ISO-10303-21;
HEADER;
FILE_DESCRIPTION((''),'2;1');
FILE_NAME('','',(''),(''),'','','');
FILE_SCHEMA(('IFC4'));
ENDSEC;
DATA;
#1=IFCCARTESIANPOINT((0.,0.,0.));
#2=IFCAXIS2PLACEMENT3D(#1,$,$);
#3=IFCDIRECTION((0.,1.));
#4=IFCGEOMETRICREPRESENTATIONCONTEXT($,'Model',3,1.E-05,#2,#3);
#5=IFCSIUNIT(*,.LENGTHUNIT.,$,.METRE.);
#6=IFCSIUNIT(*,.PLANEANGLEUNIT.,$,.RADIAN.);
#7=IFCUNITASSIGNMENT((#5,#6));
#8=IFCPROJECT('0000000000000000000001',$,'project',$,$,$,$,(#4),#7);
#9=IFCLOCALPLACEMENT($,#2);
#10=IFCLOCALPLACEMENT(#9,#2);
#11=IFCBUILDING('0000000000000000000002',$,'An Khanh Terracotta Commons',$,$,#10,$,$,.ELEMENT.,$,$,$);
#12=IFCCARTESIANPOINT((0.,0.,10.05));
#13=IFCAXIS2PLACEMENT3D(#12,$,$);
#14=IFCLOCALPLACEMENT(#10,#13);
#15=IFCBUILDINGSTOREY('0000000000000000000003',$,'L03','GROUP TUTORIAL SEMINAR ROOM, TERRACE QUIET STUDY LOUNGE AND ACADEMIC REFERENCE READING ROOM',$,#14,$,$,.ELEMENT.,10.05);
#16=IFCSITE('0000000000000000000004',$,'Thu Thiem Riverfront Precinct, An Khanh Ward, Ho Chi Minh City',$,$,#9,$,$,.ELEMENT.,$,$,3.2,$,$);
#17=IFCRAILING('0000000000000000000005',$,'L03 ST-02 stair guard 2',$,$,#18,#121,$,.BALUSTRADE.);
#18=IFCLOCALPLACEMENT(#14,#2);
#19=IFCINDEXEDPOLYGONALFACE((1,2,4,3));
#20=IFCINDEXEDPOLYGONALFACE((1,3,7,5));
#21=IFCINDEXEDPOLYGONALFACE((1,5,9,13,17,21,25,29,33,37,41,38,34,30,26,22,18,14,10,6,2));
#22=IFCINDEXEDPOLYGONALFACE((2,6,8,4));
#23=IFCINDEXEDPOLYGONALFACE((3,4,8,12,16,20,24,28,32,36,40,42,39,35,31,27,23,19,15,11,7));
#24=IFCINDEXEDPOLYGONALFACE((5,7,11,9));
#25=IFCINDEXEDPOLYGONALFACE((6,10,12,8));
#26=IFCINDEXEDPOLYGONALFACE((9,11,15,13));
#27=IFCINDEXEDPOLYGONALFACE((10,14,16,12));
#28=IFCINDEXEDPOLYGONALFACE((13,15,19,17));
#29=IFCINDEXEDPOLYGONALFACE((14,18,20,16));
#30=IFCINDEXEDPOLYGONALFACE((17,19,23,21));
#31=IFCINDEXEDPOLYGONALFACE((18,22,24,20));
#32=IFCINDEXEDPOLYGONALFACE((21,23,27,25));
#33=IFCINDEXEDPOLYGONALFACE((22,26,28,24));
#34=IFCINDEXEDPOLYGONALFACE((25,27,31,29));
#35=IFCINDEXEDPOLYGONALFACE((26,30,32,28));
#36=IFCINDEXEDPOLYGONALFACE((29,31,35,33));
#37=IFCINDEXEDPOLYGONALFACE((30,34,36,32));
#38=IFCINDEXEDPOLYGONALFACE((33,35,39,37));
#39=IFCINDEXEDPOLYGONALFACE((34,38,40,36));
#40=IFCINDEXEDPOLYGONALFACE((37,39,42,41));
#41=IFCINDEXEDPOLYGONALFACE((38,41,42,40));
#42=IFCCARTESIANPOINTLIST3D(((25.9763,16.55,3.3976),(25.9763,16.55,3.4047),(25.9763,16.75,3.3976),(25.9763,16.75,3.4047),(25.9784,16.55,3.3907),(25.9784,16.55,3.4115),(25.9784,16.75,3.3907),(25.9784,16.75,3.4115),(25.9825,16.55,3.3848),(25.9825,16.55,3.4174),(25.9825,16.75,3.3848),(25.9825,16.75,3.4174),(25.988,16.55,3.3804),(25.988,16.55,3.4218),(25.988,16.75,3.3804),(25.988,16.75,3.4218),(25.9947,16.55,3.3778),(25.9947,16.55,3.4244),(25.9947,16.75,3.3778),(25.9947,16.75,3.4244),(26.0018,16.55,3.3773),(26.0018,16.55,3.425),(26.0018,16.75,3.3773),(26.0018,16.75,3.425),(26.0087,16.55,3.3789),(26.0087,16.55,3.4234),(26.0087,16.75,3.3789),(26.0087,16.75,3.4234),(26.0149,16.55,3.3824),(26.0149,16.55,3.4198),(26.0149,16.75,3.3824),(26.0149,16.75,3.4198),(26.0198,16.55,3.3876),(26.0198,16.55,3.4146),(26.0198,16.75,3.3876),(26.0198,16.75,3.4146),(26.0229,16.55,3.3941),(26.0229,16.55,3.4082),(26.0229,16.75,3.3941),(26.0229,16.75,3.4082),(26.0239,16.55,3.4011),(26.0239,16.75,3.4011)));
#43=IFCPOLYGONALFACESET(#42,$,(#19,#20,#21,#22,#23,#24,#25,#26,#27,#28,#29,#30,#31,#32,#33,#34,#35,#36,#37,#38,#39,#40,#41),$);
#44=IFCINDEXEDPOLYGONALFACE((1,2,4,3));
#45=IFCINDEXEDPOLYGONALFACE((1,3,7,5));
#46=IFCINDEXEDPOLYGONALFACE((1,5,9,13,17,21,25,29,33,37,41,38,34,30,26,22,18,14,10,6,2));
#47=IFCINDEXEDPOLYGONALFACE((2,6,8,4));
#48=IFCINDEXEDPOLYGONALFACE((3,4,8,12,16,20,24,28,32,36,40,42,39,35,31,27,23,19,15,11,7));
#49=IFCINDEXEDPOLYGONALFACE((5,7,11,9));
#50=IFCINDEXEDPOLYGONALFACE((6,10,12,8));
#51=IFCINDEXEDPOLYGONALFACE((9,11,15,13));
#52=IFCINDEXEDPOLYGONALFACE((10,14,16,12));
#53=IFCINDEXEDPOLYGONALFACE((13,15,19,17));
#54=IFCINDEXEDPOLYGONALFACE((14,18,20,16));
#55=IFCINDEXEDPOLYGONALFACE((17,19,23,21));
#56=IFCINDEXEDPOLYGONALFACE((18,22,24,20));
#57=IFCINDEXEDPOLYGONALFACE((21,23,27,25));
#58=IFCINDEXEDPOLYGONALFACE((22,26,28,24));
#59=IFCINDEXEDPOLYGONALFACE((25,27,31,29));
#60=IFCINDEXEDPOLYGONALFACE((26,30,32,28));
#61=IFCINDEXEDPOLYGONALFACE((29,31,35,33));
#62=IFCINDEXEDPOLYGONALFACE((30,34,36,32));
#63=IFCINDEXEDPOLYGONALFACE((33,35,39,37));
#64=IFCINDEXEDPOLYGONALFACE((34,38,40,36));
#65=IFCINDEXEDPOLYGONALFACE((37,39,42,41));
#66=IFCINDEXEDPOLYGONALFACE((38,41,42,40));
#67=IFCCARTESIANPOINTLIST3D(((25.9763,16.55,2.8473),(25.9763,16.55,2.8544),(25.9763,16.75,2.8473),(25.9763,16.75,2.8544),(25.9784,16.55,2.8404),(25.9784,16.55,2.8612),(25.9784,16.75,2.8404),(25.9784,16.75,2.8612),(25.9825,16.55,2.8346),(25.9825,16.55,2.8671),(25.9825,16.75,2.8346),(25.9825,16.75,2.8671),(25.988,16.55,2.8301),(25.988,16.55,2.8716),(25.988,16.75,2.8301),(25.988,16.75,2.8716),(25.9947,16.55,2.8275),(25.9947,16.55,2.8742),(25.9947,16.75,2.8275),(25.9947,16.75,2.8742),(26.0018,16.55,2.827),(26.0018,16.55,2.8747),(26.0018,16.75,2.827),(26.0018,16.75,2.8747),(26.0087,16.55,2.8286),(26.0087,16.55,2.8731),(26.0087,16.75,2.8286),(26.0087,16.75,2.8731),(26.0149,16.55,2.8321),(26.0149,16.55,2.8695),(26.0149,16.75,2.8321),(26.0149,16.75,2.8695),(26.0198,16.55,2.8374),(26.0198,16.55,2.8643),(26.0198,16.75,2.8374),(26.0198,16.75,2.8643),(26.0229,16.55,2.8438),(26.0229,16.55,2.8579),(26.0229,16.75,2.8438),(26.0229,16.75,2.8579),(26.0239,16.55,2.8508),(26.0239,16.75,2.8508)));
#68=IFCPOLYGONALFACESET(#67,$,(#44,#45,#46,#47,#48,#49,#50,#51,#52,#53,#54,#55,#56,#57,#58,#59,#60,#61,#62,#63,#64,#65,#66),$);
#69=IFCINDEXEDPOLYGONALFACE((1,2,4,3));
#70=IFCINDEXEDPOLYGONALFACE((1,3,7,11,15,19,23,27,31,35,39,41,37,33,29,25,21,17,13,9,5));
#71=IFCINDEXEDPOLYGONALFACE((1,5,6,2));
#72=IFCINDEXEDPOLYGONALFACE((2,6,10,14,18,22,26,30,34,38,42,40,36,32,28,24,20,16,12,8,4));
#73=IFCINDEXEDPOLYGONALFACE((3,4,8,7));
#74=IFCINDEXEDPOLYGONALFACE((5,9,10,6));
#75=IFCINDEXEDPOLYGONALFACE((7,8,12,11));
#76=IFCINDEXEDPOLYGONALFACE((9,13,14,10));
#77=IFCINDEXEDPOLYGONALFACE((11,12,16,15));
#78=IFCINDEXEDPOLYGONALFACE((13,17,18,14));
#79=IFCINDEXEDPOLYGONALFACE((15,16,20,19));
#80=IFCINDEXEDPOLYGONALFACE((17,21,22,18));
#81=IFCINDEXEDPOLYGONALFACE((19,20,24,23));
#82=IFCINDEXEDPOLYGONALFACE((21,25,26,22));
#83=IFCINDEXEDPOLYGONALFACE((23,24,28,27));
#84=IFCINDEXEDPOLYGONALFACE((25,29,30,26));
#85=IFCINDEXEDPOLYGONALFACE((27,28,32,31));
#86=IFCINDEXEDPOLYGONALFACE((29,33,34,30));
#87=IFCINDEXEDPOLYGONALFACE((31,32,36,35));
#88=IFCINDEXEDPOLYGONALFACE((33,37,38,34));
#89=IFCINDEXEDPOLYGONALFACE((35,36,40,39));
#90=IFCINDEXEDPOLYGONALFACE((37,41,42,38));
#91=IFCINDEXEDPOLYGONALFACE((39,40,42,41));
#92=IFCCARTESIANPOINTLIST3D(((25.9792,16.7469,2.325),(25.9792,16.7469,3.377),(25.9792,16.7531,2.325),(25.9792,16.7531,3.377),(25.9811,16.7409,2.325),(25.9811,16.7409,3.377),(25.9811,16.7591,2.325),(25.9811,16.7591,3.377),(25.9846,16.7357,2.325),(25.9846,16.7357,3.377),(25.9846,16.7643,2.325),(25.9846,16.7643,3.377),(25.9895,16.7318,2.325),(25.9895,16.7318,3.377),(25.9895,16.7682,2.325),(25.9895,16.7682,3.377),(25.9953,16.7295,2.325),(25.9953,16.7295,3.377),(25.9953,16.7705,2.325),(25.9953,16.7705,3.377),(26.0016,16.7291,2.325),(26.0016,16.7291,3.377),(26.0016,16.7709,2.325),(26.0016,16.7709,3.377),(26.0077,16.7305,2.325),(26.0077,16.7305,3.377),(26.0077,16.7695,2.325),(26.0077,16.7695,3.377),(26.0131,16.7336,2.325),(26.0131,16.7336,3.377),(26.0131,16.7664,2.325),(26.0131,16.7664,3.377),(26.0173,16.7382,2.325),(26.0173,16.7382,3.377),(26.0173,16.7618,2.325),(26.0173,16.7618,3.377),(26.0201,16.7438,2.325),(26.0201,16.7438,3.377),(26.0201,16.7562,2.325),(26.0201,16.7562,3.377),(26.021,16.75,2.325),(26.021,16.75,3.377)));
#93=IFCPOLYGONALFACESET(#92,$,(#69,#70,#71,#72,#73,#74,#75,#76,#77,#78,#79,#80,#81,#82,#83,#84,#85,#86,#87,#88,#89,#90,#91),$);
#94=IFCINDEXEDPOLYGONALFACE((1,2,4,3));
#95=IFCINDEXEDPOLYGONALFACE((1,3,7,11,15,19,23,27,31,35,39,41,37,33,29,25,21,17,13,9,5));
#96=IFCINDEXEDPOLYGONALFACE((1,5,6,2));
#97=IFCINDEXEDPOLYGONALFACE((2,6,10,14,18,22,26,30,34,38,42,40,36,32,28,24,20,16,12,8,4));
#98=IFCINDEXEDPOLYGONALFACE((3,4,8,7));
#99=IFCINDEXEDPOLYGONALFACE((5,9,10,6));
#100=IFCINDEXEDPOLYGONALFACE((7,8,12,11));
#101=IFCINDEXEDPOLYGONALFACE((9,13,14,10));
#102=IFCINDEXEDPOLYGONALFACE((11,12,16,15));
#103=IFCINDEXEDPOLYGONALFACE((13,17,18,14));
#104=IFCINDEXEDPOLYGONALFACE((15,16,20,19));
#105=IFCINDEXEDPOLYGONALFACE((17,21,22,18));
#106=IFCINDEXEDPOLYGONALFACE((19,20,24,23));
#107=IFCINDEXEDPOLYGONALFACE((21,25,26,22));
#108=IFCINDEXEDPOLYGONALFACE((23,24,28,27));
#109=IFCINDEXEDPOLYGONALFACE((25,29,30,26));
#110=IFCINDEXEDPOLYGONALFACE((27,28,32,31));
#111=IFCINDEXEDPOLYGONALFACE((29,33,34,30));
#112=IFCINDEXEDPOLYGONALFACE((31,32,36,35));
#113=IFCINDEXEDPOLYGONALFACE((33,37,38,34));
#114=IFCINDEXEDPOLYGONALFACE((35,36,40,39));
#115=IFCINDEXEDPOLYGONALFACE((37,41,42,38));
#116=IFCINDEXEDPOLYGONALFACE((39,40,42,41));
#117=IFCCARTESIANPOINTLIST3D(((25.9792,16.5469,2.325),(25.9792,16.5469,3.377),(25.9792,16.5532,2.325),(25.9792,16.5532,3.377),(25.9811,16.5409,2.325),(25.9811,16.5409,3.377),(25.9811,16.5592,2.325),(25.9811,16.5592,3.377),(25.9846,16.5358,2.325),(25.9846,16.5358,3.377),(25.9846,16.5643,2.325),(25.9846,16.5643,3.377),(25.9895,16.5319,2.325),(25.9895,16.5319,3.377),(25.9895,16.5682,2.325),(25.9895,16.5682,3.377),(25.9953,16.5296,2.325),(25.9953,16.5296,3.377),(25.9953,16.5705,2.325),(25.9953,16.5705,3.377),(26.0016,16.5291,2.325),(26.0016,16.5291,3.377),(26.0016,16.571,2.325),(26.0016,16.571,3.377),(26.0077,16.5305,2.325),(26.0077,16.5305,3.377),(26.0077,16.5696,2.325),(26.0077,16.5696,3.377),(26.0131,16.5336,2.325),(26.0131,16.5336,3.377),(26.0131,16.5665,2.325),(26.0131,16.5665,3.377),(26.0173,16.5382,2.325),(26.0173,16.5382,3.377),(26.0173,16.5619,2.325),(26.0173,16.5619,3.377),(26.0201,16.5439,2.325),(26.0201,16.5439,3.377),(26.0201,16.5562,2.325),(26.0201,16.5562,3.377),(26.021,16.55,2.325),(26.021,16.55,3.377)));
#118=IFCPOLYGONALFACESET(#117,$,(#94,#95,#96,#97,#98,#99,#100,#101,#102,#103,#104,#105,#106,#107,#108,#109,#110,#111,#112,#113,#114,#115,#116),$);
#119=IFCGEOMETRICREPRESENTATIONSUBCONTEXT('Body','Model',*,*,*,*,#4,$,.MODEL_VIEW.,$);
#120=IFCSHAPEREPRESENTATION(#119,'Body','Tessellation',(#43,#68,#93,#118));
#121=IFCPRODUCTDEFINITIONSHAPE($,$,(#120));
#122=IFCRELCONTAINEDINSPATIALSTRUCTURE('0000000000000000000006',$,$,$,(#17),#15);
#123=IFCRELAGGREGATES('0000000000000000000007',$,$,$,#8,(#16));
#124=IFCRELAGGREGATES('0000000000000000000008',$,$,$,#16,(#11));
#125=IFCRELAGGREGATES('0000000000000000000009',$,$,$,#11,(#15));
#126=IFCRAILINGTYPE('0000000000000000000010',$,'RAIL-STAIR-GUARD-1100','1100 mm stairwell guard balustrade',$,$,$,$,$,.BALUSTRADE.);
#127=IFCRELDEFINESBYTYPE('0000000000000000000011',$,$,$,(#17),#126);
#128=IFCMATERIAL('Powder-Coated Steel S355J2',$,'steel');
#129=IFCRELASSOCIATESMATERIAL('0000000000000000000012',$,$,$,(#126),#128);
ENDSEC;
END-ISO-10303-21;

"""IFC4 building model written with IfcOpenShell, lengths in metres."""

from ifc_helpers import new_model, si_unit, direction, frame, origin, origin_2d, place, context, subcontext, project, spatial, circle, extrude, material, type_object, element, save


model = new_model("IFC4")

# Units and contexts
model_context = context("Model", 3, precision=1e-05, world=origin(), true_north=direction((0.0, 1.0)))
body_context = subcontext(model_context, "Body", "Model", "MODEL_VIEW")
ifc_project = project(units=[si_unit("LENGTHUNIT", "METRE"), si_unit("PLANEANGLEUNIT", "RADIAN")], contexts=[model_context])

# Site, building, storey
site_placement = place(None, origin())
site = spatial("IfcSite", under=ifc_project, at=site_placement, Name="Thu Thiem Riverfront Precinct, An Khanh Ward, Ho Chi Minh City", CompositionType="ELEMENT", RefElevation=3.2)
building_placement = place(site_placement, origin())
building = spatial("IfcBuilding", under=site, at=building_placement, Name="An Khanh Terracotta Commons", CompositionType="ELEMENT")
storey_placement = place(building_placement, frame((0.0, 0.0, 10.05)))
storey = spatial("IfcBuildingStorey", under=building, at=storey_placement, Name="L03", Description="GROUP TUTORIAL SEMINAR ROOM, TERRACE QUIET STUDY LOUNGE AND ACADEMIC REFERENCE READING ROOM", CompositionType="ELEMENT", Elevation=10.05)

# Railing
ifc_material_1 = material(Name="Powder-Coated Steel S355J2", Category="steel")
railing_type = type_object("IfcRailingType", Name="RAIL-STAIR-GUARD-1100", Description="1100 mm stairwell guard balustrade", PredefinedType="BALUSTRADE", material=ifc_material_1)
railing_placement = place(storey_placement, frame((26.0, 16.75, 2.325)))
element("IfcRailing", 1, at=railing_placement, inside=storey, type_object=railing_type, Name="L03 ST-02 stair guard 2", PredefinedType="BALUSTRADE", context=body_context, shape_type="SweptSolid", body=[
    extrude(circle(Radius=0.0239, at=origin_2d()), frame((0.0, 0.0, 1.0762), z_axis=(0.0, -1.0, 0.0), x_axis=(1.0, 0.0, 0.0)), (0.0, 0.0, 1.0), 0.2),
    extrude(circle(Radius=0.0239, at=origin_2d()), frame((0.0, 0.0, 0.5259), z_axis=(0.0, -1.0, 0.0), x_axis=(1.0, 0.0, 0.0)), (0.0, 0.0, 1.0), 0.2),
    extrude(circle(Radius=0.021, at=origin_2d()), origin(), (0.0, 0.0, 1.0), 1.052),
    extrude(circle(Radius=0.021, at=origin_2d()), frame((0.0, -0.2, 0.0)), (0.0, 0.0, 1.0), 1.052),
])

save(model, "model.ifc")
